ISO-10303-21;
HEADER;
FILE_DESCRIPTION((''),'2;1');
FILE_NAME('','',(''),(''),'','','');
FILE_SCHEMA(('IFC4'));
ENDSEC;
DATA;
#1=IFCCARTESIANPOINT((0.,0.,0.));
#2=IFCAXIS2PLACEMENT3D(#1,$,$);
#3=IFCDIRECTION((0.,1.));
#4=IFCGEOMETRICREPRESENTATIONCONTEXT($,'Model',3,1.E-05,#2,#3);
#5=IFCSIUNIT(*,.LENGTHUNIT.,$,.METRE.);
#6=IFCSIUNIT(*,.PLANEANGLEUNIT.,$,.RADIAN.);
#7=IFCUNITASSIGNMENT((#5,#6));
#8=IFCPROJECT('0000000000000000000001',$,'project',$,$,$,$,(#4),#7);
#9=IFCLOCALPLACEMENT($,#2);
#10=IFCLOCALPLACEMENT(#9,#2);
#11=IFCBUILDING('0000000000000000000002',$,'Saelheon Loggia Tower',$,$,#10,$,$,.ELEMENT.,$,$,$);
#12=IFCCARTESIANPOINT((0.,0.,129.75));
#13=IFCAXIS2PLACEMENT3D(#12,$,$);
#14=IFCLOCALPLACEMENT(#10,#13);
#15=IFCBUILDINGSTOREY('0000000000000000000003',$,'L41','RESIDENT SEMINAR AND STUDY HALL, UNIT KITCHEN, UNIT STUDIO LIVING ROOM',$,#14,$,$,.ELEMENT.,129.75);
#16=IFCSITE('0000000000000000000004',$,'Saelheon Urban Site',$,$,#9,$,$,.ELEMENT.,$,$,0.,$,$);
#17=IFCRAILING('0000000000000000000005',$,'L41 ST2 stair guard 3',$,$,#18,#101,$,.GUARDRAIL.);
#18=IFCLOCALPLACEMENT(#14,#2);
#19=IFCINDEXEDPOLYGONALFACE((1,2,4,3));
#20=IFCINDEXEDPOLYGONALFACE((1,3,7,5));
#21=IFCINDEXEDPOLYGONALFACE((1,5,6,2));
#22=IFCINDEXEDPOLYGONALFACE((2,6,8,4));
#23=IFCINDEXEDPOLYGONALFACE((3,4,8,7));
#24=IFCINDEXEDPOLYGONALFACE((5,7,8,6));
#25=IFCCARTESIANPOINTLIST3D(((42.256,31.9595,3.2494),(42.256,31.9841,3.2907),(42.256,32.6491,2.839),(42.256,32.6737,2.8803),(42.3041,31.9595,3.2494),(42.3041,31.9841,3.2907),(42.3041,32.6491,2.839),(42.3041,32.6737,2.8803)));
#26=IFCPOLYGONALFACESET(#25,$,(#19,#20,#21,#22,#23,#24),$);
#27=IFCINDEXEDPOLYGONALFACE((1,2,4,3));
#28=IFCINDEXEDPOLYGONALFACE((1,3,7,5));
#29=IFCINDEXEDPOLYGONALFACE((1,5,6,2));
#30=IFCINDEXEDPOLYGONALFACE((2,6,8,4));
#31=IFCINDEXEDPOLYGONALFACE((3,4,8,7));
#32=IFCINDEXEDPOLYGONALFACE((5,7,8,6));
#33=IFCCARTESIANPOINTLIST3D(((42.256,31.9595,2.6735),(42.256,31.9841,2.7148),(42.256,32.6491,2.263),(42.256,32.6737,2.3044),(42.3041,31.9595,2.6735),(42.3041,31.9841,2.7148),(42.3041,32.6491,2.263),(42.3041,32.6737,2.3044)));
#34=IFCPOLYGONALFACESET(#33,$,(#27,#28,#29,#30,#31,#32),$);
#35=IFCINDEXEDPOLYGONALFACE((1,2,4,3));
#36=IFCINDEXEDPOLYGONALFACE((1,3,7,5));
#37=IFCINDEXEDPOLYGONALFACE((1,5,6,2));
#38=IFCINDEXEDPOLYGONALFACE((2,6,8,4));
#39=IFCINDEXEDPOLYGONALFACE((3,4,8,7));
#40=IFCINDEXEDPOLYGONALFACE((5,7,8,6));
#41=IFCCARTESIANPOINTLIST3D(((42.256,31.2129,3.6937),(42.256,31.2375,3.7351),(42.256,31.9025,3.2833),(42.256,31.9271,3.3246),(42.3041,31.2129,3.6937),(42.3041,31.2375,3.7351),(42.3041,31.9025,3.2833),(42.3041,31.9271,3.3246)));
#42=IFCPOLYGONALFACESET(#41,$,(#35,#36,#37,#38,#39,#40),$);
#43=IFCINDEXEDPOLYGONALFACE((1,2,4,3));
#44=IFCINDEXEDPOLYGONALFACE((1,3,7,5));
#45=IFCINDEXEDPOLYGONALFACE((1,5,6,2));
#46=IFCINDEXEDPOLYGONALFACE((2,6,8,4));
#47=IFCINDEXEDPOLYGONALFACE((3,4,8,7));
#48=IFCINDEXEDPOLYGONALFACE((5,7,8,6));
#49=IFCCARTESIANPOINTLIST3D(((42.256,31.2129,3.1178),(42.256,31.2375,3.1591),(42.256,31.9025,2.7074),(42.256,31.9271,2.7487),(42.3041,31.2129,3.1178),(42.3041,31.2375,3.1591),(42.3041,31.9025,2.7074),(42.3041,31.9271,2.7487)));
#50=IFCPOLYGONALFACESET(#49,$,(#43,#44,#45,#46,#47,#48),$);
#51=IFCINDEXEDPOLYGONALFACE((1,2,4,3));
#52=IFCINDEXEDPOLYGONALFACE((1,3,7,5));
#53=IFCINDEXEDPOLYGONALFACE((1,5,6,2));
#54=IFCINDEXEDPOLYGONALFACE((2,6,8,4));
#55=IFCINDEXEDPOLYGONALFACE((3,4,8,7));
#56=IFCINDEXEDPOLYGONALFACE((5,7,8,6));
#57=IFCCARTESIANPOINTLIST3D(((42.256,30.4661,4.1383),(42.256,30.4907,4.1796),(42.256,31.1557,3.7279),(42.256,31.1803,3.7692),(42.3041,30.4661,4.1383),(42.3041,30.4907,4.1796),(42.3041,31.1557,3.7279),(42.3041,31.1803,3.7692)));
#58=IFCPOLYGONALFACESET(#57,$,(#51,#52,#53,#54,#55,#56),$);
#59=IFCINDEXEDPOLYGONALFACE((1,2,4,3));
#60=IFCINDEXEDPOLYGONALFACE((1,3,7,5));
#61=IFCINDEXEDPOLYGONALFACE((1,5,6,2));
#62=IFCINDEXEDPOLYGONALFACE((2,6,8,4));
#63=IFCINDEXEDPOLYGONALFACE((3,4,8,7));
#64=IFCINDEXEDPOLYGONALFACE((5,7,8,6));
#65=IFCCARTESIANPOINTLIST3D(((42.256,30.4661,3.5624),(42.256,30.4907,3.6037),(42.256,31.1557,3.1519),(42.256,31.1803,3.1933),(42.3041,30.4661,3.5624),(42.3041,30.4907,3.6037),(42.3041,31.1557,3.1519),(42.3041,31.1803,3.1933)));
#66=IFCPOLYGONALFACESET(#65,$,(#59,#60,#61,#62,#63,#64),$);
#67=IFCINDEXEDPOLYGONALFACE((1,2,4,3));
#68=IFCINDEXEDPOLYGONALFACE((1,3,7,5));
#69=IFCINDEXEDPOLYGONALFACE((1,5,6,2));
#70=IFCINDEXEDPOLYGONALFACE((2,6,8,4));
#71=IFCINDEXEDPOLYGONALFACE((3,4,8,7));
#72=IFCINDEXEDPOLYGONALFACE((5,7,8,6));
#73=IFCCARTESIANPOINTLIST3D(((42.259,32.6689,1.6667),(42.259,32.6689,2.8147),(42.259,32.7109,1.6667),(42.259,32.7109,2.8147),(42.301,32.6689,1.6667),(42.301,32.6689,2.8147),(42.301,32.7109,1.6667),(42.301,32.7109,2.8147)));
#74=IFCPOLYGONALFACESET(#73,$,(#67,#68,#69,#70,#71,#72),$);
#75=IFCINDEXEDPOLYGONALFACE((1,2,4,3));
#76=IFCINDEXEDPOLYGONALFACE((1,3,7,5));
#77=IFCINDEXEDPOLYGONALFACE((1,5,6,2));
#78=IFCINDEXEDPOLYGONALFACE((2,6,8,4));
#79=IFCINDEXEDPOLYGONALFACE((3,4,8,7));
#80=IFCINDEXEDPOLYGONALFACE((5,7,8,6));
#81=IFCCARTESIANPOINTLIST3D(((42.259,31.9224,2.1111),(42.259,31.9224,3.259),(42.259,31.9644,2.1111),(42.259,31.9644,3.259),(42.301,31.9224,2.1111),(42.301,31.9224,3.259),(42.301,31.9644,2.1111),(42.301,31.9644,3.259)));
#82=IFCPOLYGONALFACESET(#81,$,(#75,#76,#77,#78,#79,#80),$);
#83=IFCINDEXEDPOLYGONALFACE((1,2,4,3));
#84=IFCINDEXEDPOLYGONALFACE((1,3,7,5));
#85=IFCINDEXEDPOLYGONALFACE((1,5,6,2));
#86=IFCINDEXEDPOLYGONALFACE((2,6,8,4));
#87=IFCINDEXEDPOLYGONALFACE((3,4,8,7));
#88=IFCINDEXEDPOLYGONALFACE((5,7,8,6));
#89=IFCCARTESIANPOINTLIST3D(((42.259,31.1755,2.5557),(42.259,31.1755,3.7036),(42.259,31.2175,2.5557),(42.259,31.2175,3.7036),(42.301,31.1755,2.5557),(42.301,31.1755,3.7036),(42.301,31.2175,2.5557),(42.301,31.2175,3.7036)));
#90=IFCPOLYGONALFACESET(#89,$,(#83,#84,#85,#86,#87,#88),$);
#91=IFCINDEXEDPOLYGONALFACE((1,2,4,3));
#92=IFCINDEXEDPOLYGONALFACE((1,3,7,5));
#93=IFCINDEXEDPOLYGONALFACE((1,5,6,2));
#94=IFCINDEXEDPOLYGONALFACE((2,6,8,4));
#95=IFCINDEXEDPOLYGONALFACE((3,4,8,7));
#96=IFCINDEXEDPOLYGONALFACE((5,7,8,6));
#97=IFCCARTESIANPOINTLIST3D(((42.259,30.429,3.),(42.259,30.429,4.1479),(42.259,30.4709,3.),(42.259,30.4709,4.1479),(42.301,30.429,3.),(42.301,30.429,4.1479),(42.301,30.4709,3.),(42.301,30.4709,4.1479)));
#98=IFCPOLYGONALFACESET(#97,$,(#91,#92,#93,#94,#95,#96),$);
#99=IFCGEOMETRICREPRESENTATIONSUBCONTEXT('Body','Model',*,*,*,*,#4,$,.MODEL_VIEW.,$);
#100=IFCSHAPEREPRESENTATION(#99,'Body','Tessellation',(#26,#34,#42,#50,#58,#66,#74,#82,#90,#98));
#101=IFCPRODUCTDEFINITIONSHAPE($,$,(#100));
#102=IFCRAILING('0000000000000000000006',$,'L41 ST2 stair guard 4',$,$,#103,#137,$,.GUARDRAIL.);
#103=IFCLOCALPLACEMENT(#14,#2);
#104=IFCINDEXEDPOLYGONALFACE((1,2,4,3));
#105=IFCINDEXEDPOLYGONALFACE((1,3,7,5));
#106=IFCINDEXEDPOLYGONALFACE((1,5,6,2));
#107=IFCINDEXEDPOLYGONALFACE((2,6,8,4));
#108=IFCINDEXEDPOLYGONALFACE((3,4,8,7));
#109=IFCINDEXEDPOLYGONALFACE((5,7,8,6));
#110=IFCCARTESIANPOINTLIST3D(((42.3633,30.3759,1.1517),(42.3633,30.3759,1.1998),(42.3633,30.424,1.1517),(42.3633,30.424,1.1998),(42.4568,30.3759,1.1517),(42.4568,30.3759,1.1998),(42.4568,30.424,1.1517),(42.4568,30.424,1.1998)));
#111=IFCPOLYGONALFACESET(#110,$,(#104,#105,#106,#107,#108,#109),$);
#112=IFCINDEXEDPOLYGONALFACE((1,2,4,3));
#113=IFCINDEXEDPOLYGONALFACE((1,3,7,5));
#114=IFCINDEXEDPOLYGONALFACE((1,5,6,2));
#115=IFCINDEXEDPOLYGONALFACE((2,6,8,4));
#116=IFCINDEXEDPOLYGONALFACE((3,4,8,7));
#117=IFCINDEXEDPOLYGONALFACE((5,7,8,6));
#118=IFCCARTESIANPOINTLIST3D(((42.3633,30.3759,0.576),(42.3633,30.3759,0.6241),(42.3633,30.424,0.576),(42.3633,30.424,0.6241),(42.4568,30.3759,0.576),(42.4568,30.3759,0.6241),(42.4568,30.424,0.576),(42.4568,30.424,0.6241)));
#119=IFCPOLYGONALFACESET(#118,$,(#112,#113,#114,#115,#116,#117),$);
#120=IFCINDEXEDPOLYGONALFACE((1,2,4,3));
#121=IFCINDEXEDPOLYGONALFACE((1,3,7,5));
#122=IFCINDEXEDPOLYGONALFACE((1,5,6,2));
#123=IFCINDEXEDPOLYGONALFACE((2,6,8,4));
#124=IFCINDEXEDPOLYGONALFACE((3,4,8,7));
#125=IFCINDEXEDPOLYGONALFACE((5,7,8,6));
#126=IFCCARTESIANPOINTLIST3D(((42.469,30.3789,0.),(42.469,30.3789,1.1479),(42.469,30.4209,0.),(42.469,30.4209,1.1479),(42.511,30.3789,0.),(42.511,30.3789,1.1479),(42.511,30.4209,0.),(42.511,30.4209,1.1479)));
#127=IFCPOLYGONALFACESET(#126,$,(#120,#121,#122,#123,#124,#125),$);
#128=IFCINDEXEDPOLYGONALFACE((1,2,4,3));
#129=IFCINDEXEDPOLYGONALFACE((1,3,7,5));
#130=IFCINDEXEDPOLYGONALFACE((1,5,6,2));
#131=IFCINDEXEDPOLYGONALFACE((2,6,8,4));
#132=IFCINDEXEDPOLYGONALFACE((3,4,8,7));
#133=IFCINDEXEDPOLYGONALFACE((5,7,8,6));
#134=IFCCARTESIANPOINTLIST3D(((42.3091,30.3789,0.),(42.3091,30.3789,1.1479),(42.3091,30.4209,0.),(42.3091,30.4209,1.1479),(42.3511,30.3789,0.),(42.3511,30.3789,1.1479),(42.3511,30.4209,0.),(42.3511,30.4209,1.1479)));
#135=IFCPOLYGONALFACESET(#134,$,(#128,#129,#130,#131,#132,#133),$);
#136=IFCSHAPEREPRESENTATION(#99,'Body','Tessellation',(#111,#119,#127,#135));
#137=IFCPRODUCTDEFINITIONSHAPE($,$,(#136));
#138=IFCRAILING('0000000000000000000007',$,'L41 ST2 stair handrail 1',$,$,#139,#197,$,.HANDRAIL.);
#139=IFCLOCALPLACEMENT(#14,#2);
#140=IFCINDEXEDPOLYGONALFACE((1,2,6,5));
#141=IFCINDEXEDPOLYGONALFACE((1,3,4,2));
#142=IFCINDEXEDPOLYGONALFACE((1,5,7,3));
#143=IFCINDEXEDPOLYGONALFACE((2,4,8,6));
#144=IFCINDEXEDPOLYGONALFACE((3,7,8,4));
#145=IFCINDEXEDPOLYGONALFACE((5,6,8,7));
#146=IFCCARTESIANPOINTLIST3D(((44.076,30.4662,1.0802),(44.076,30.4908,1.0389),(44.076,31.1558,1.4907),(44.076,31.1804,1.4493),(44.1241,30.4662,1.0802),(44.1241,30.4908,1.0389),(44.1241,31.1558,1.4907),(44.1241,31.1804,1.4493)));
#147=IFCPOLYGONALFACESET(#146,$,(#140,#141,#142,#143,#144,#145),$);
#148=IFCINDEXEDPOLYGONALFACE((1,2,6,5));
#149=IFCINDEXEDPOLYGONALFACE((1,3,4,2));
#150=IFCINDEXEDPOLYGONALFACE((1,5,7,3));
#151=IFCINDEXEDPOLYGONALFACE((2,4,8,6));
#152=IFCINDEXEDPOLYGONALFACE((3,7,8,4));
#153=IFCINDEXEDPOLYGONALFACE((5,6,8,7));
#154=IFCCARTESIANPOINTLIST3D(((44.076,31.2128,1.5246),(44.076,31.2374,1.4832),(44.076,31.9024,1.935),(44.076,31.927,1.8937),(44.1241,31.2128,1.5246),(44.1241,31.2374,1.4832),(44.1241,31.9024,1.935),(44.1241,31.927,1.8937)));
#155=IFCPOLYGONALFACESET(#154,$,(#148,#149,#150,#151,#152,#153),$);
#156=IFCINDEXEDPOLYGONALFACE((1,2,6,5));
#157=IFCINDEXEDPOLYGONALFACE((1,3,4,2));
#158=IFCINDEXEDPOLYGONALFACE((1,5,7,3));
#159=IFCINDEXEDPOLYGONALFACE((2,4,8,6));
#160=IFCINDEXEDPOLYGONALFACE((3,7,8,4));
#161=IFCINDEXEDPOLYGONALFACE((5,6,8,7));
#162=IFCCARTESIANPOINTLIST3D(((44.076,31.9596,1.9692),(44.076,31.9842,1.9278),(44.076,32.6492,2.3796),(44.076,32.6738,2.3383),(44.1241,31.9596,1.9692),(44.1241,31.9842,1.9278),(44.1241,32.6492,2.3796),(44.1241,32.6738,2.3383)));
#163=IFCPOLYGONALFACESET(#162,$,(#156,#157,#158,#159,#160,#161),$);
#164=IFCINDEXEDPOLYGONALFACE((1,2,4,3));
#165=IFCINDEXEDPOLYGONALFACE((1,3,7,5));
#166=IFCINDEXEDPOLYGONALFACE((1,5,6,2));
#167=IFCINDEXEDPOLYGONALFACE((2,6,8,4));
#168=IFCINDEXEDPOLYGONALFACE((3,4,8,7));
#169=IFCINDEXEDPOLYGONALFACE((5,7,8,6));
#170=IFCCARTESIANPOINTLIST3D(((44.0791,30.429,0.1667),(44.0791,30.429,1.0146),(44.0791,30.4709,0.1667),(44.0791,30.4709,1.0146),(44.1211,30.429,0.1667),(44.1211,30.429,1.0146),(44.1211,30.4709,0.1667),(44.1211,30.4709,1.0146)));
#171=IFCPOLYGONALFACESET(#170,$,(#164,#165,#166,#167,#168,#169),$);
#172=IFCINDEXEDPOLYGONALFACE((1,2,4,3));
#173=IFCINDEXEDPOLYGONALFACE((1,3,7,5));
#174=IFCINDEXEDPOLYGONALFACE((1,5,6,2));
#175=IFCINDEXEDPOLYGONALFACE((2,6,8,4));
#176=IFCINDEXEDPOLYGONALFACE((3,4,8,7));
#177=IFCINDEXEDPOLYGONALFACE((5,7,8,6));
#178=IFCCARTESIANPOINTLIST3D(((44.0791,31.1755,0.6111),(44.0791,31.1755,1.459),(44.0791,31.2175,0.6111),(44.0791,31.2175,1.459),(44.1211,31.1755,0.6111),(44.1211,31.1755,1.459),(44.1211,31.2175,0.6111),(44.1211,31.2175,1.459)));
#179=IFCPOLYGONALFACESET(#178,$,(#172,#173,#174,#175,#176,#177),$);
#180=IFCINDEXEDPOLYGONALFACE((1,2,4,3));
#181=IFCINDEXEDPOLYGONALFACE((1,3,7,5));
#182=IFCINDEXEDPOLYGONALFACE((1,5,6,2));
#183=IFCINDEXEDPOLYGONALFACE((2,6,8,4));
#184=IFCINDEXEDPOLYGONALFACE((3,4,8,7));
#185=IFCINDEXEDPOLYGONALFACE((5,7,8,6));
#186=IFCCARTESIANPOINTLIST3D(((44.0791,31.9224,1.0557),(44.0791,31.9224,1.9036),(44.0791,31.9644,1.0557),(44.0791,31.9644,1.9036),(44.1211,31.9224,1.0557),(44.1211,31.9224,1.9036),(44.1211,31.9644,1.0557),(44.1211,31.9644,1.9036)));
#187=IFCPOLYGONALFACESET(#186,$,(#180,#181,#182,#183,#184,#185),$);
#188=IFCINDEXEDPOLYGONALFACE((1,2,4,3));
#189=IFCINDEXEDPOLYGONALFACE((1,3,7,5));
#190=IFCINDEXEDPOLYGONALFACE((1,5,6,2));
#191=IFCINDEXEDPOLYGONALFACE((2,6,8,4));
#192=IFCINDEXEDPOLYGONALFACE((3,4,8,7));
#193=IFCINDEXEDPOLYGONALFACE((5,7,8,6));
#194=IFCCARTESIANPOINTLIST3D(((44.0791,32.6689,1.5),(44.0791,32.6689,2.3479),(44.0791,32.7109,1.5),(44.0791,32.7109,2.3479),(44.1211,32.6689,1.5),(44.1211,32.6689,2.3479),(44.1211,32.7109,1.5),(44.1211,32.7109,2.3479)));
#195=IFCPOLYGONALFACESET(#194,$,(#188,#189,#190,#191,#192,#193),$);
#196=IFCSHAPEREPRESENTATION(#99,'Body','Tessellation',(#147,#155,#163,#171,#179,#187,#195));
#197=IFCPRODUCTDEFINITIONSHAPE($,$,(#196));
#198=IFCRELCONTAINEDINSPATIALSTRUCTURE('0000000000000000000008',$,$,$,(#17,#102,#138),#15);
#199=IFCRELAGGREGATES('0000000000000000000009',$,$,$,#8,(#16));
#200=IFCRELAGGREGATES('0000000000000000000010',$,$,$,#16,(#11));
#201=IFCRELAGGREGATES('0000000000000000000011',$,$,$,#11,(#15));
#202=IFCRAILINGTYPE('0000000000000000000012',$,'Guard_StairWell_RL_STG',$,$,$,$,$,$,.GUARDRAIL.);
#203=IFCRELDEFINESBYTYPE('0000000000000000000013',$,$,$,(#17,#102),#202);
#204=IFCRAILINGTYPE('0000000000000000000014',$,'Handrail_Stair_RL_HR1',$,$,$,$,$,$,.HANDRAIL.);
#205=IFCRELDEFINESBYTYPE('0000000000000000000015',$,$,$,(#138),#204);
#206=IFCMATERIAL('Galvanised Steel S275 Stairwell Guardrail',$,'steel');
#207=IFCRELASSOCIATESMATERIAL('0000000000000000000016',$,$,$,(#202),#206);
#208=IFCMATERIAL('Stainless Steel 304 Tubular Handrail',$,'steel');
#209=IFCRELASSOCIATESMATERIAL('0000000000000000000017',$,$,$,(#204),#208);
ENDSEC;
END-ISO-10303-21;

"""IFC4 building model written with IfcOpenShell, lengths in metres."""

from ifc_helpers import new_model, si_unit, direction, frame, origin, origin_2d, place, context, subcontext, project, spatial, rectangle, extrude, material, type_object, element, save


model = new_model("IFC4")

# Units and contexts
model_context = context("Model", 3, precision=1e-05, world=origin(), true_north=direction((0.0, 1.0)))
body_context = subcontext(model_context, "Body", "Model", "MODEL_VIEW")
ifc_project = project(units=[si_unit("LENGTHUNIT", "METRE"), si_unit("PLANEANGLEUNIT", "RADIAN")], contexts=[model_context])

# Site, building, storey
site_placement = place(None, origin())
site = spatial("IfcSite", under=ifc_project, at=site_placement, Name="Saelheon Urban Site", CompositionType="ELEMENT", RefElevation=0.0)
building_placement = place(site_placement, origin())
building = spatial("IfcBuilding", under=site, at=building_placement, Name="Saelheon Loggia Tower", CompositionType="ELEMENT")
storey_placement = place(building_placement, frame((0.0, 0.0, 129.75)))
storey = spatial("IfcBuildingStorey", under=building, at=storey_placement, Name="L41", Description="RESIDENT SEMINAR AND STUDY HALL, UNIT KITCHEN, UNIT STUDIO LIVING ROOM", CompositionType="ELEMENT", Elevation=129.75)

# Railings
ifc_material_1 = material(Name="Galvanised Steel S275 Stairwell Guardrail", Category="steel")
railing_type_1 = type_object("IfcRailingType", Name="Guard_StairWell_RL_STG", PredefinedType="GUARDRAIL", material=ifc_material_1)
railing_1_placement = place(storey_placement, frame((42.28, 32.6899, 1.6667)))
element("IfcRailing", 1, at=railing_1_placement, inside=storey, type_object=railing_type_1, Name="L41 ST2 stair guard 3", PredefinedType="GUARDRAIL", context=body_context, shape_type="SweptSolid", body=[
    extrude(rectangle(XDim=0.0481, YDim=0.0481, at=origin_2d()), frame((0.0, -0.0286, 1.1929), z_axis=(0.0, -0.859306, 0.511462), x_axis=(1.0, 0.0, 0.0)), (0.0, 0.0, 1.0), 0.8025),
    extrude(rectangle(XDim=0.0481, YDim=0.0481, at=origin_2d()), frame((0.0, -0.0286, 0.6169), z_axis=(0.0, -0.859306, 0.511462), x_axis=(1.0, 0.0, 0.0)), (0.0, 0.0, 1.0), 0.8025),
    extrude(rectangle(XDim=0.0481, YDim=0.0481, at=origin_2d()), frame((0.0, -0.7751, 1.6372), z_axis=(0.0, -0.859306, 0.511462), x_axis=(1.0, 0.0, 0.0)), (0.0, 0.0, 1.0), 0.8025),
    extrude(rectangle(XDim=0.0481, YDim=0.0481, at=origin_2d()), frame((0.0, -0.7751, 1.0613), z_axis=(0.0, -0.859306, 0.511462), x_axis=(1.0, 0.0, 0.0)), (0.0, 0.0, 1.0), 0.8025),
    extrude(rectangle(XDim=0.0481, YDim=0.0481, at=origin_2d()), frame((0.0, -1.522, 2.0818), z_axis=(0.0, -0.859306, 0.511462), x_axis=(1.0, 0.0, 0.0)), (0.0, 0.0, 1.0), 0.8025),
    extrude(rectangle(XDim=0.0481, YDim=0.0481, at=origin_2d()), frame((0.0, -1.522, 1.5059), z_axis=(0.0, -0.859306, 0.511462), x_axis=(1.0, 0.0, 0.0)), (0.0, 0.0, 1.0), 0.8025),
    extrude(rectangle(XDim=0.042, YDim=0.042, at=origin_2d()), origin(), (0.0, 0.0, 1.0), 1.1479),
    extrude(rectangle(XDim=0.042, YDim=0.042, at=origin_2d()), frame((0.0, -0.7466, 0.4443)), (0.0, 0.0, 1.0), 1.1479),
    extrude(rectangle(XDim=0.042, YDim=0.042, at=origin_2d()), frame((0.0, -1.4934, 0.8889)), (0.0, 0.0, 1.0), 1.1479),
    extrude(rectangle(XDim=0.042, YDim=0.042, at=origin_2d()), frame((0.0, -2.24, 1.3333)), (0.0, 0.0, 1.0), 1.1479),
])
railing_2_placement = place(storey_placement, frame((42.49, 30.3999, 0.0)))
element("IfcRailing", 2, at=railing_2_placement, inside=storey, type_object=railing_type_1, Name="L41 ST2 stair guard 4", PredefinedType="GUARDRAIL", context=body_context, shape_type="SweptSolid", body=[
    extrude(rectangle(XDim=0.0481, YDim=0.0481, at=origin_2d()), frame((-0.0332, 0.0, 1.1758), z_axis=(-1.0, 0.0, 0.0), x_axis=(0.0, -1.0, 0.0)), (0.0, 0.0, 1.0), 0.0935),
    extrude(rectangle(XDim=0.0481, YDim=0.0481, at=origin_2d()), frame((-0.0332, 0.0, 0.6001), z_axis=(-1.0, 0.0, 0.0), x_axis=(0.0, -1.0, 0.0)), (0.0, 0.0, 1.0), 0.0935),
    extrude(rectangle(XDim=0.042, YDim=0.042, at=origin_2d()), origin(), (0.0, 0.0, 1.0), 1.1479),
    extrude(rectangle(XDim=0.042, YDim=0.042, at=origin_2d()), frame((-0.1599, 0.0, 0.0)), (0.0, 0.0, 1.0), 1.1479),
])
ifc_material_2 = material(Name="Stainless Steel 304 Tubular Handrail", Category="steel")
railing_type_2 = type_object("IfcRailingType", Name="Handrail_Stair_RL_HR1", PredefinedType="HANDRAIL", material=ifc_material_2)
railing_3_placement = place(storey_placement, frame((44.1001, 30.45, 0.1667)))
element("IfcRailing", 3, at=railing_3_placement, inside=storey, type_object=railing_type_2, Name="L41 ST2 stair handrail 1", PredefinedType="HANDRAIL", context=body_context, shape_type="SweptSolid", body=[
    extrude(rectangle(XDim=0.0481, YDim=0.0481, at=origin_2d()), frame((0.0, 0.0286, 0.8928), z_axis=(0.0, 0.859306, 0.511462), x_axis=(-1.0, 0.0, 0.0)), (0.0, 0.0, 1.0), 0.8025),
    extrude(rectangle(XDim=0.0481, YDim=0.0481, at=origin_2d()), frame((0.0, 0.7751, 1.3372), z_axis=(0.0, 0.859306, 0.511462), x_axis=(-1.0, 0.0, 0.0)), (0.0, 0.0, 1.0), 0.8025),
    extrude(rectangle(XDim=0.0481, YDim=0.0481, at=origin_2d()), frame((0.0, 1.522, 1.7817), z_axis=(0.0, 0.859306, 0.511462), x_axis=(-1.0, 0.0, 0.0)), (0.0, 0.0, 1.0), 0.8025),
    extrude(rectangle(XDim=0.042, YDim=0.042, at=origin_2d()), origin(), (0.0, 0.0, 1.0), 0.8479),
    extrude(rectangle(XDim=0.042, YDim=0.042, at=origin_2d()), frame((0.0, 0.7466, 0.4443)), (0.0, 0.0, 1.0), 0.8479),
    extrude(rectangle(XDim=0.042, YDim=0.042, at=origin_2d()), frame((0.0, 1.4934, 0.8889)), (0.0, 0.0, 1.0), 0.8479),
    extrude(rectangle(XDim=0.042, YDim=0.042, at=origin_2d()), frame((0.0, 2.24, 1.3333)), (0.0, 0.0, 1.0), 0.8479),
])

save(model, "model.ifc")
